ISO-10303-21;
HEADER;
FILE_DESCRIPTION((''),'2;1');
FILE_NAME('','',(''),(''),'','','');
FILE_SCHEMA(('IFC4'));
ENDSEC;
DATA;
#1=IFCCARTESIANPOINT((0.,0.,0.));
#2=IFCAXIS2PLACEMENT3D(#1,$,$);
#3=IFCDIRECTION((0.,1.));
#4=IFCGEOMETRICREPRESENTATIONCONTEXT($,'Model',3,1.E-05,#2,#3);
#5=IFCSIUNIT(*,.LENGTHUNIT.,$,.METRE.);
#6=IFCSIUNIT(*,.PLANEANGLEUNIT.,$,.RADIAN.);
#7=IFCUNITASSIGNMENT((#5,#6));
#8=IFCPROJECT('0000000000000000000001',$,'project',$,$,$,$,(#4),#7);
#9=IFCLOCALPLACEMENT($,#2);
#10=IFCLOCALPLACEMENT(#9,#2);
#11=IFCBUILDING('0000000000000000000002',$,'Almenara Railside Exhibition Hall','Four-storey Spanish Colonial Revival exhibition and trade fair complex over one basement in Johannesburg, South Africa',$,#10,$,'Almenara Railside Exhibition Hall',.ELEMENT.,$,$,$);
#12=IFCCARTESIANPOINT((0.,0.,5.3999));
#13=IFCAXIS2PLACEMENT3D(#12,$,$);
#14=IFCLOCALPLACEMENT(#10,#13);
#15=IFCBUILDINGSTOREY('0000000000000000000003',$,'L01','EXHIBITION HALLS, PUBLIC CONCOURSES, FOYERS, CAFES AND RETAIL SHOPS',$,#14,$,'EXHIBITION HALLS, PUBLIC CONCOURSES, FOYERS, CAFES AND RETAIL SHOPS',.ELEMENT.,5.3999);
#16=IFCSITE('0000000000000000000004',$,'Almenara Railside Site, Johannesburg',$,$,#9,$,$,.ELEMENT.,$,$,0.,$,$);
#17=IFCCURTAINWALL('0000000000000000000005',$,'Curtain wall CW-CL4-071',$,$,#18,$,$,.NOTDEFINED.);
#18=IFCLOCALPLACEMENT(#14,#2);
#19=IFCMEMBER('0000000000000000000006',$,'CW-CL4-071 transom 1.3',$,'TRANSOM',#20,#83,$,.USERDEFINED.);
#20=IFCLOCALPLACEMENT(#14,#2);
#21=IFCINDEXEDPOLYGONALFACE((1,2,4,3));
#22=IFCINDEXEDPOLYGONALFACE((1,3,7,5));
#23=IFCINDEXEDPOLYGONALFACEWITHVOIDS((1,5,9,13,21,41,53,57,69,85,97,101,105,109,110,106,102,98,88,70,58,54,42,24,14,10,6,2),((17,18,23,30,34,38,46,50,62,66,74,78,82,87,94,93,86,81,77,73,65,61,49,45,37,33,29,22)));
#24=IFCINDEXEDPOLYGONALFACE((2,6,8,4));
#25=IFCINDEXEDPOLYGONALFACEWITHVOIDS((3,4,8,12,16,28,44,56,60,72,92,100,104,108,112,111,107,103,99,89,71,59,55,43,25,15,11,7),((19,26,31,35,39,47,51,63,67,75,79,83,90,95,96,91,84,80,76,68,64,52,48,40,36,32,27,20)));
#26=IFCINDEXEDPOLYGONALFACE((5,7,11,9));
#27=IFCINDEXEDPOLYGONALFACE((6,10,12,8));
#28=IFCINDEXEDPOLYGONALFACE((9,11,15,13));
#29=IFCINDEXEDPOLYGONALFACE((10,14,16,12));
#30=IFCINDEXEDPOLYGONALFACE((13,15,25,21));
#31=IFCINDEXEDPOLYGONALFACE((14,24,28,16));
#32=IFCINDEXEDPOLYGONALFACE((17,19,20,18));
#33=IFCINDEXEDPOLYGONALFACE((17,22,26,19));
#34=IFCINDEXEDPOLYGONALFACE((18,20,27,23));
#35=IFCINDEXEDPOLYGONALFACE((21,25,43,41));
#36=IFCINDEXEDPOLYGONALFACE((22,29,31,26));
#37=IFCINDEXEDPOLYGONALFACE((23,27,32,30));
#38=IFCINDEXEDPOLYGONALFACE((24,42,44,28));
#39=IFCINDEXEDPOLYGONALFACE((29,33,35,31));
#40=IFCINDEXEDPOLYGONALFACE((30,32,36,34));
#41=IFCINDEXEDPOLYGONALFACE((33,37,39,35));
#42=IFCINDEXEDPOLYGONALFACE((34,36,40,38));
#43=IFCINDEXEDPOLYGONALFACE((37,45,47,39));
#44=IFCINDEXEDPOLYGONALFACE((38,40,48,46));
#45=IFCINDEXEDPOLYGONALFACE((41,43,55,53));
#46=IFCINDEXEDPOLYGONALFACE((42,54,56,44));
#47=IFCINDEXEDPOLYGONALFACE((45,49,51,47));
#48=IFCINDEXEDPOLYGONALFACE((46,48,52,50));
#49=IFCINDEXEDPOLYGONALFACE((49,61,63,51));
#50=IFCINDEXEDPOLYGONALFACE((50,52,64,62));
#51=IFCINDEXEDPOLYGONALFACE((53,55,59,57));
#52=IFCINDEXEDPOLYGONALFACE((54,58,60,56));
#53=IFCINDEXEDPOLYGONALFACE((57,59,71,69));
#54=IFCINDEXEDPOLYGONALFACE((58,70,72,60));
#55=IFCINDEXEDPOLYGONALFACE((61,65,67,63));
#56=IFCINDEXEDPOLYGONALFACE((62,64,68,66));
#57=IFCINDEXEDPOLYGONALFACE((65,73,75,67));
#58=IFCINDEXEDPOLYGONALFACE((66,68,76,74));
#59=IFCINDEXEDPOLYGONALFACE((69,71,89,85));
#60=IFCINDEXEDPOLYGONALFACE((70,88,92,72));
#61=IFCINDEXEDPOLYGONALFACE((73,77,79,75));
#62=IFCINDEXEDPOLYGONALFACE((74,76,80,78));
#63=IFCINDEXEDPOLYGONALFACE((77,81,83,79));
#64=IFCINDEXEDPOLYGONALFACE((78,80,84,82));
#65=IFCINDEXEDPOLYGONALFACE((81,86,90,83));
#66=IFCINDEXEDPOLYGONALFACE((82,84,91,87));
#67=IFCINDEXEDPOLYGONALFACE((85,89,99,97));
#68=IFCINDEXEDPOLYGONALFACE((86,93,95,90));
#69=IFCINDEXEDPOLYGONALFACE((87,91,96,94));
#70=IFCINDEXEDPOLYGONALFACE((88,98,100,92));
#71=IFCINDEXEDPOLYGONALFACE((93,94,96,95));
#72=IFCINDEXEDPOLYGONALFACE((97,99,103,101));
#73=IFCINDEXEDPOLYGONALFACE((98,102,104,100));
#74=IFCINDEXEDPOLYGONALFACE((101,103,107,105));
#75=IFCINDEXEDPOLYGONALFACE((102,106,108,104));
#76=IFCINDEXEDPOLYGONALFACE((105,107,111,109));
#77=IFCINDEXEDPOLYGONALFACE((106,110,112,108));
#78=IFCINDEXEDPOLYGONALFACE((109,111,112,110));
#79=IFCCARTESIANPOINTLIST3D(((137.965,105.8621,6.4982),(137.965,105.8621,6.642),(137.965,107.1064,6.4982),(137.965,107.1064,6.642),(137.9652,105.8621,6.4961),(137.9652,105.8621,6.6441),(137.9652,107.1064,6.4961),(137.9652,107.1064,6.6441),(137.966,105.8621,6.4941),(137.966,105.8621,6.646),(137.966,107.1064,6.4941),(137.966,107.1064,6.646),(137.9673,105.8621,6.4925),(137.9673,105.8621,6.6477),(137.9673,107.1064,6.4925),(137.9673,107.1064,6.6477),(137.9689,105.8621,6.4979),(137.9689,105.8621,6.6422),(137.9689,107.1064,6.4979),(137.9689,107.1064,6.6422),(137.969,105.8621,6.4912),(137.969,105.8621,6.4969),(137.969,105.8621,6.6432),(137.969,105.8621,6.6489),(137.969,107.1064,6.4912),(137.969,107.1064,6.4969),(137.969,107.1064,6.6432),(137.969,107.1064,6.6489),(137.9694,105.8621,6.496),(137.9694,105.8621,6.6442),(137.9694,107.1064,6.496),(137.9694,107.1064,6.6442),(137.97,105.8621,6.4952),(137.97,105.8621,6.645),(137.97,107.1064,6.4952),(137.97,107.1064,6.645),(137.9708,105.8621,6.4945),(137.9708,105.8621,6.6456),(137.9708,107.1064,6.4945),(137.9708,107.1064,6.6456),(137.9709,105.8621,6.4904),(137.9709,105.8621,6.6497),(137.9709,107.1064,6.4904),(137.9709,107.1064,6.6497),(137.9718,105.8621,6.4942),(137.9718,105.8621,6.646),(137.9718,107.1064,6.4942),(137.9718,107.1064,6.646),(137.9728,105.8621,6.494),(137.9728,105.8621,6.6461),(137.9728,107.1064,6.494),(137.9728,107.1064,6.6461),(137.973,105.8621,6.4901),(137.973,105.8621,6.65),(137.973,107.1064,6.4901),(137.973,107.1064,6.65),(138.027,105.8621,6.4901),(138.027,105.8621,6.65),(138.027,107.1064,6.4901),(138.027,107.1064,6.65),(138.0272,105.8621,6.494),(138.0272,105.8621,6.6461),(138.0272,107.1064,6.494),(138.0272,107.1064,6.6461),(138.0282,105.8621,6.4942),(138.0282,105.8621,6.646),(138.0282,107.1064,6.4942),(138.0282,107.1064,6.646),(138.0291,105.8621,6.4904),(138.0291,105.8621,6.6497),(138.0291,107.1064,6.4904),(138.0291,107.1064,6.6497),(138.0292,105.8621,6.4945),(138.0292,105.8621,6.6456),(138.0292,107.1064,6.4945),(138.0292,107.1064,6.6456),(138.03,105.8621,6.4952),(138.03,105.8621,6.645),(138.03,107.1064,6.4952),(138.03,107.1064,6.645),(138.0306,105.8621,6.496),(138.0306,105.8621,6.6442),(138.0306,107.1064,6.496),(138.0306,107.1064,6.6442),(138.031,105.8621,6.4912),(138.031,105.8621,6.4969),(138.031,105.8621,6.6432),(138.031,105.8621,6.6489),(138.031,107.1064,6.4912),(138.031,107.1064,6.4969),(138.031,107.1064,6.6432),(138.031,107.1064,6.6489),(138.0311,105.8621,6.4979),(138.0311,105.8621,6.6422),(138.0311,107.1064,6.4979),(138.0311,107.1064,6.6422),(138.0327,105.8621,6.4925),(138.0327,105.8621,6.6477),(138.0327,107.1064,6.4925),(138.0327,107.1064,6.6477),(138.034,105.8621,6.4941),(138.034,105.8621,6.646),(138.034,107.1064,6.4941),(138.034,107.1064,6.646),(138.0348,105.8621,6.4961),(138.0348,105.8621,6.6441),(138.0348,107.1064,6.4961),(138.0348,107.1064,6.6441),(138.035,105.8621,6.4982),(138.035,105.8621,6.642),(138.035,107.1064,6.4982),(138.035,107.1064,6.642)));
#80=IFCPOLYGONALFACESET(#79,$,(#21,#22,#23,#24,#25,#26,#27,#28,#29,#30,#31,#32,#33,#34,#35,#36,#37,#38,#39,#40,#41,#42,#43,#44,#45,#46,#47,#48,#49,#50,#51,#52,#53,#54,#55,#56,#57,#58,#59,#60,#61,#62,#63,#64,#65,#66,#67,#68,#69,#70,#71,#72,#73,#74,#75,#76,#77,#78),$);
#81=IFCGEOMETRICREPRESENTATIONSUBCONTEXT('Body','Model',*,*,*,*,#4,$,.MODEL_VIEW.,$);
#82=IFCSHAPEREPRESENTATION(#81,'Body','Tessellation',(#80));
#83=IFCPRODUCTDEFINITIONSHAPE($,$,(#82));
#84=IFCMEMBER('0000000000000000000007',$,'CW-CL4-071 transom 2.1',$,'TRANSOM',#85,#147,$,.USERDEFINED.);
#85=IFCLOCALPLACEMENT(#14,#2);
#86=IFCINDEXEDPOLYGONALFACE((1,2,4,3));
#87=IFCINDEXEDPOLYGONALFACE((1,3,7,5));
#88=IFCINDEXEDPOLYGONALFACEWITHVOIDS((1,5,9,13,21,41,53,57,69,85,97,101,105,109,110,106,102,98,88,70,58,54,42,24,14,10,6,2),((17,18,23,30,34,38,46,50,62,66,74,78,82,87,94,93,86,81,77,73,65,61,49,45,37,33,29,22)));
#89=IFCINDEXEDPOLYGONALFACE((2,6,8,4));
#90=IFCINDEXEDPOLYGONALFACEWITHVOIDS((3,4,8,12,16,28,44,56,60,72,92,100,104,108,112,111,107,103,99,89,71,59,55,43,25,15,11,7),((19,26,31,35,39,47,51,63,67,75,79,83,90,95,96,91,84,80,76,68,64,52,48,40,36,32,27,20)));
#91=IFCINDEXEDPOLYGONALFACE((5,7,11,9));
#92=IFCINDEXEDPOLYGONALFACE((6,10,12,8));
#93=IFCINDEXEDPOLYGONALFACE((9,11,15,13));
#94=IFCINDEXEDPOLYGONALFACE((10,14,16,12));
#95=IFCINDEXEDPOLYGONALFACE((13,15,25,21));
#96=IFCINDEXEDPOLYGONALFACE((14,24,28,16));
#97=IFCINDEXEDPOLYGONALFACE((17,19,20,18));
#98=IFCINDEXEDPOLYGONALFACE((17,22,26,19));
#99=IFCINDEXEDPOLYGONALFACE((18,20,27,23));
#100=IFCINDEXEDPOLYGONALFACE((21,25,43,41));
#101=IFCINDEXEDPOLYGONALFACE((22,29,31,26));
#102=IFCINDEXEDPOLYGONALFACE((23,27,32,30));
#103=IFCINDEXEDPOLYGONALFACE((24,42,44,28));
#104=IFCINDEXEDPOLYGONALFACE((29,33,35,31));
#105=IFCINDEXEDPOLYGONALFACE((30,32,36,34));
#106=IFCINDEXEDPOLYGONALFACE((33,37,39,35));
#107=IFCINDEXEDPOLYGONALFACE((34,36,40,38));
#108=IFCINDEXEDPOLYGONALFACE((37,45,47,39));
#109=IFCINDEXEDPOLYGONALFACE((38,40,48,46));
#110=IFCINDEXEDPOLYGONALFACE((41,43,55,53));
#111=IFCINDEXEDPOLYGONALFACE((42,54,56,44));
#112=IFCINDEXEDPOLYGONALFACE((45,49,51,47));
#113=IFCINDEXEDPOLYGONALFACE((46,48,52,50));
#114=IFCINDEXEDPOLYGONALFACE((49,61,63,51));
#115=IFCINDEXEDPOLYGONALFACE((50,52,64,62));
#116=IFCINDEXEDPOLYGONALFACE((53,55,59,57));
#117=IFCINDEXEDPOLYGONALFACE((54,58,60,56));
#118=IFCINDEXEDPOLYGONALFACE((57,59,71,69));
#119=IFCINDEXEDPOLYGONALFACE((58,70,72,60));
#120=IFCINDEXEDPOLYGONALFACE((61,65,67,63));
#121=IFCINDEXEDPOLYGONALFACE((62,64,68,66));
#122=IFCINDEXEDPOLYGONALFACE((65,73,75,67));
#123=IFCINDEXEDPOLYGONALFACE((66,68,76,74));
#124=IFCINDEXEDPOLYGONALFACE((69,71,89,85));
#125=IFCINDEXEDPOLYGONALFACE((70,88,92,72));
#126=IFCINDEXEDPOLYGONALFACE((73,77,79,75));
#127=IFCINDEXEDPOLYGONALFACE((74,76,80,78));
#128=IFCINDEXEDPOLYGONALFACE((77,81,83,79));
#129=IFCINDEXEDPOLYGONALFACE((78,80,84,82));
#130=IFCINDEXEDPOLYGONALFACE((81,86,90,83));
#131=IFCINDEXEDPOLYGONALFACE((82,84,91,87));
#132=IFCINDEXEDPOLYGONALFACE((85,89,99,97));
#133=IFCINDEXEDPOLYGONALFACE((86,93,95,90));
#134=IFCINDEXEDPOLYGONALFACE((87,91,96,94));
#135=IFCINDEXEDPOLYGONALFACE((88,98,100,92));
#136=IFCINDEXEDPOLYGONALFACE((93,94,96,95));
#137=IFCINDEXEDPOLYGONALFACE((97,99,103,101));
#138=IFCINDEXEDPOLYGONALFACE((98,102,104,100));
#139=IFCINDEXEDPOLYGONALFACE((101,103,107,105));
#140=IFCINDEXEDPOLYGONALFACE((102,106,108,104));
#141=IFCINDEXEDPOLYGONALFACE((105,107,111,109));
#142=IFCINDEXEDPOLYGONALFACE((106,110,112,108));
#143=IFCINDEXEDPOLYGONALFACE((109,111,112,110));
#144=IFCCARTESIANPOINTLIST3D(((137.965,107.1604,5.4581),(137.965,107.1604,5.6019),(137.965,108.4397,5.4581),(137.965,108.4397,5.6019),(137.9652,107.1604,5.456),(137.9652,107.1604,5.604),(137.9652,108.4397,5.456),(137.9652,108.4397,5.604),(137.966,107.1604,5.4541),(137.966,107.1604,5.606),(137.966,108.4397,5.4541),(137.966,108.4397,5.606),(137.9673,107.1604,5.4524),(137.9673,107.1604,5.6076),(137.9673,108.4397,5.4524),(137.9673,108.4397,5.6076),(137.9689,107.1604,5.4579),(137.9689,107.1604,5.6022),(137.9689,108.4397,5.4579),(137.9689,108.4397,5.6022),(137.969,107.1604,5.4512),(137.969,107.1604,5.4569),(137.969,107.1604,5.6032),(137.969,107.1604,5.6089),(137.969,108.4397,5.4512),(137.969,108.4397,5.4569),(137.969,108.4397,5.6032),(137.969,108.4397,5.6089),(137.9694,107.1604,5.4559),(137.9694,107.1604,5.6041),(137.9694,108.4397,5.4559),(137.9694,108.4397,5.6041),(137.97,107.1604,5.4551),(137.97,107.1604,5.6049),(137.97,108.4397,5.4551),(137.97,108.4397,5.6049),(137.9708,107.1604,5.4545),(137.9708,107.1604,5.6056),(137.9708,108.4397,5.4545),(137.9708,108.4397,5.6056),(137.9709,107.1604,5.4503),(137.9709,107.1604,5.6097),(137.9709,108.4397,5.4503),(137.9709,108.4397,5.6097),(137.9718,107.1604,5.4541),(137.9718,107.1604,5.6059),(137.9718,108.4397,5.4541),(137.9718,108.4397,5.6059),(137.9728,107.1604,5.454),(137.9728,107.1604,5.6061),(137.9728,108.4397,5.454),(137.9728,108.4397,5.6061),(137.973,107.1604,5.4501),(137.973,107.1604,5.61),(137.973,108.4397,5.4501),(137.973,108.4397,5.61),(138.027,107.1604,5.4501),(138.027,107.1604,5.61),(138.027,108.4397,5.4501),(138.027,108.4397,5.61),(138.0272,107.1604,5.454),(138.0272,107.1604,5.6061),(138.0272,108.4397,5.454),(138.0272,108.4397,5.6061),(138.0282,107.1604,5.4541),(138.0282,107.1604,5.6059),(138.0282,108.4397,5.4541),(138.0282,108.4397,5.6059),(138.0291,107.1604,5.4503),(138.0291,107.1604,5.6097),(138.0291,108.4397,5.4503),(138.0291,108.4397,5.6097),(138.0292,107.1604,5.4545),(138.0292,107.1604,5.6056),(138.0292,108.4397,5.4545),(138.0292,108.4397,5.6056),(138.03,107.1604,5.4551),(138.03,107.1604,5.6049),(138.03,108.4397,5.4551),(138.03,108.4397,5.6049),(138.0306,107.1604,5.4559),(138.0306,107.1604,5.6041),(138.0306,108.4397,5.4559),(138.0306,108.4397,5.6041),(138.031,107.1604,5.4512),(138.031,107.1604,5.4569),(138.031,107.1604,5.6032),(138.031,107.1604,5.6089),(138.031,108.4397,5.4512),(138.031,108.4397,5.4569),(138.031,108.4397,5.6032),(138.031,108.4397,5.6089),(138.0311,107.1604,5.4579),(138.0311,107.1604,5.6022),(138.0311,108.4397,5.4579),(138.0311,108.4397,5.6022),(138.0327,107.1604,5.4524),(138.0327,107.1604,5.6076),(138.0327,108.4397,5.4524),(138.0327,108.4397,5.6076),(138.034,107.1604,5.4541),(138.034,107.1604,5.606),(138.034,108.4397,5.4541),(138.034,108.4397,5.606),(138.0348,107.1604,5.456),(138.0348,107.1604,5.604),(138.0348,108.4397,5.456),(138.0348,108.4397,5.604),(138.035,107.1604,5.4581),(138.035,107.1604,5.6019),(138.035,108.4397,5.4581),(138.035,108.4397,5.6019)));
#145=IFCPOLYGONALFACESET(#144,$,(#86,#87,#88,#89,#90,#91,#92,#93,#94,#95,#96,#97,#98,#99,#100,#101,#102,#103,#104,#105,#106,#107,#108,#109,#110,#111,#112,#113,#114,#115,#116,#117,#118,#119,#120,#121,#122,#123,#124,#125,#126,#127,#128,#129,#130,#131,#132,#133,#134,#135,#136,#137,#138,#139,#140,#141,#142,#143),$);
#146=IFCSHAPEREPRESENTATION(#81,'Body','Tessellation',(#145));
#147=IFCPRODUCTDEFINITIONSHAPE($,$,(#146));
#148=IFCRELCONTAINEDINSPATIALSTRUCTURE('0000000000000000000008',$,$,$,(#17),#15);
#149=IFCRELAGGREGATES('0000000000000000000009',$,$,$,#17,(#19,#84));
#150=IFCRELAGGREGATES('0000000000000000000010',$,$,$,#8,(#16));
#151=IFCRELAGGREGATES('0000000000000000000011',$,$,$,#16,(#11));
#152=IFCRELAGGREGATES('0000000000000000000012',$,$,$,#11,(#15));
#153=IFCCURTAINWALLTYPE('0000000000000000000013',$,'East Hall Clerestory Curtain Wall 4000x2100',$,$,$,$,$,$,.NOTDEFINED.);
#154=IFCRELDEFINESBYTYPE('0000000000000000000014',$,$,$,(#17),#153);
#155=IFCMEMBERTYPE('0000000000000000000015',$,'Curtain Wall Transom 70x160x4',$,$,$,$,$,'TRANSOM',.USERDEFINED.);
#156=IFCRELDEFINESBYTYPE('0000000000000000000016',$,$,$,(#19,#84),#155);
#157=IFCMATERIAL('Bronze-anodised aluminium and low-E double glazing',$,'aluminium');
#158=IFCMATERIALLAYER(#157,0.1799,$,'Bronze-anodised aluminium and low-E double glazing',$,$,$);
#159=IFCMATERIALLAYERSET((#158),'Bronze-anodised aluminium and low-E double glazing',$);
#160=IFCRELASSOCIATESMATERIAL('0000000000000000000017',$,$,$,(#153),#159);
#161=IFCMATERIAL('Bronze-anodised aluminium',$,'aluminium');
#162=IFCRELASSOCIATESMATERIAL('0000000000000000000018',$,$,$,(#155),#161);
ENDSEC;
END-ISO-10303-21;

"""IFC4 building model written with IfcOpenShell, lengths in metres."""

from ifc_helpers import new_model, si_unit, direction, frame, origin, origin_2d, place, context, subcontext, project, spatial, hollow_rectangle, extrude, material, layer, layer_set, material_profile, profile_set, type_object, element, aggregate, save


model = new_model("IFC4")

# Units and contexts
model_context = context("Model", 3, precision=1e-05, world=origin(), true_north=direction((0.0, 1.0)))
body_context = subcontext(model_context, "Body", "Model", "MODEL_VIEW")
ifc_project = project(units=[si_unit("LENGTHUNIT", "METRE"), si_unit("PLANEANGLEUNIT", "RADIAN")], contexts=[model_context])

# Site, building, storey
site_placement = place(None, origin())
site = spatial("IfcSite", under=ifc_project, at=site_placement, Name="Almenara Railside Site, Johannesburg", CompositionType="ELEMENT", RefElevation=0.0)
building_placement = place(site_placement, origin())
building = spatial("IfcBuilding", under=site, at=building_placement, Name="Almenara Railside Exhibition Hall", Description="Four-storey Spanish Colonial Revival exhibition and trade fair complex over one basement in Johannesburg, South Africa", LongName="Almenara Railside Exhibition Hall", CompositionType="ELEMENT")
storey_placement = place(building_placement, frame((0.0, 0.0, 5.3999)))
storey = spatial("IfcBuildingStorey", under=building, at=storey_placement, Name="L01", Description="EXHIBITION HALLS, PUBLIC CONCOURSES, FOYERS, CAFES AND RETAIL SHOPS", LongName="EXHIBITION HALLS, PUBLIC CONCOURSES, FOYERS, CAFES AND RETAIL SHOPS", CompositionType="ELEMENT", Elevation=5.3999)

# Curtain wall
ifc_material_1 = material(Name="Bronze-anodised aluminium and low-E double glazing", Category="aluminium")
ifc_layer_1 = layer(ifc_material_1, 0.1799, Name="Bronze-anodised aluminium and low-E double glazing")
ifc_layer_set_1 = layer_set([ifc_layer_1], Name="Bronze-anodised aluminium and low-E double glazing")
curtain_wall_type_1 = type_object("IfcCurtainWallType", Name="East Hall Clerestory Curtain Wall 4000x2100", PredefinedType="NOTDEFINED", material=ifc_layer_set_1)
curtain_wall_1_placement = place(storey_placement, origin())
curtain_wall_1 = element("IfcCurtainWall", 1, at=curtain_wall_1_placement, inside=storey, type_object=curtain_wall_type_1, Name="Curtain wall CW-CL4-071", PredefinedType="NOTDEFINED")
ifc_material_2 = material(Name="Bronze-anodised aluminium", Category="aluminium")

# Members
ifc_material_profile_1 = material_profile(ifc_material_2, hollow_rectangle(XDim=0.0701, YDim=0.1599, WallThickness=0.0039, InnerFilletRadius=0.0039, OuterFilletRadius=0.0081, at=origin_2d()), Name="ALU-TRN 70x160x4")
ifc_profile_set_1 = profile_set([ifc_material_profile_1], Name="Bronze-anodised aluminium")
member_type_1 = type_object("IfcMemberType", Name="Curtain Wall Transom 70x160x4", ElementType="TRANSOM", PredefinedType="USERDEFINED", material=ifc_profile_set_1)
member_1_placement = place(storey_placement, frame((138.0, 105.8621, 6.5701), z_axis=(0.0, 1.0, 0.0), x_axis=(-1.0, 0.0, 0.0)))
member_1 = element("IfcMember", 2, at=member_1_placement, type_object=member_type_1, Name="CW-CL4-071 transom 1.3", ObjectType="TRANSOM", PredefinedType="USERDEFINED", context=body_context, shape_type="SweptSolid", body=[
    extrude(hollow_rectangle(XDim=0.0701, YDim=0.1599, WallThickness=0.0039, InnerFilletRadius=0.0039, OuterFilletRadius=0.0081, at=origin_2d()), origin(), (0.0, 0.0, 1.0), 1.2444),
])
member_2_placement = place(storey_placement, frame((138.0, 107.1604, 5.53), z_axis=(0.0, 1.0, 0.0), x_axis=(-1.0, 0.0, 0.0)))
member_2 = element("IfcMember", 3, at=member_2_placement, type_object=member_type_1, Name="CW-CL4-071 transom 2.1", ObjectType="TRANSOM", PredefinedType="USERDEFINED", context=body_context, shape_type="SweptSolid", body=[
    extrude(hollow_rectangle(XDim=0.0701, YDim=0.1599, WallThickness=0.0039, InnerFilletRadius=0.0039, OuterFilletRadius=0.0081, at=origin_2d()), origin(), (0.0, 0.0, 1.0), 1.2793),
])

aggregate(curtain_wall_1, [member_1, member_2])

save(model, "model.ifc")
